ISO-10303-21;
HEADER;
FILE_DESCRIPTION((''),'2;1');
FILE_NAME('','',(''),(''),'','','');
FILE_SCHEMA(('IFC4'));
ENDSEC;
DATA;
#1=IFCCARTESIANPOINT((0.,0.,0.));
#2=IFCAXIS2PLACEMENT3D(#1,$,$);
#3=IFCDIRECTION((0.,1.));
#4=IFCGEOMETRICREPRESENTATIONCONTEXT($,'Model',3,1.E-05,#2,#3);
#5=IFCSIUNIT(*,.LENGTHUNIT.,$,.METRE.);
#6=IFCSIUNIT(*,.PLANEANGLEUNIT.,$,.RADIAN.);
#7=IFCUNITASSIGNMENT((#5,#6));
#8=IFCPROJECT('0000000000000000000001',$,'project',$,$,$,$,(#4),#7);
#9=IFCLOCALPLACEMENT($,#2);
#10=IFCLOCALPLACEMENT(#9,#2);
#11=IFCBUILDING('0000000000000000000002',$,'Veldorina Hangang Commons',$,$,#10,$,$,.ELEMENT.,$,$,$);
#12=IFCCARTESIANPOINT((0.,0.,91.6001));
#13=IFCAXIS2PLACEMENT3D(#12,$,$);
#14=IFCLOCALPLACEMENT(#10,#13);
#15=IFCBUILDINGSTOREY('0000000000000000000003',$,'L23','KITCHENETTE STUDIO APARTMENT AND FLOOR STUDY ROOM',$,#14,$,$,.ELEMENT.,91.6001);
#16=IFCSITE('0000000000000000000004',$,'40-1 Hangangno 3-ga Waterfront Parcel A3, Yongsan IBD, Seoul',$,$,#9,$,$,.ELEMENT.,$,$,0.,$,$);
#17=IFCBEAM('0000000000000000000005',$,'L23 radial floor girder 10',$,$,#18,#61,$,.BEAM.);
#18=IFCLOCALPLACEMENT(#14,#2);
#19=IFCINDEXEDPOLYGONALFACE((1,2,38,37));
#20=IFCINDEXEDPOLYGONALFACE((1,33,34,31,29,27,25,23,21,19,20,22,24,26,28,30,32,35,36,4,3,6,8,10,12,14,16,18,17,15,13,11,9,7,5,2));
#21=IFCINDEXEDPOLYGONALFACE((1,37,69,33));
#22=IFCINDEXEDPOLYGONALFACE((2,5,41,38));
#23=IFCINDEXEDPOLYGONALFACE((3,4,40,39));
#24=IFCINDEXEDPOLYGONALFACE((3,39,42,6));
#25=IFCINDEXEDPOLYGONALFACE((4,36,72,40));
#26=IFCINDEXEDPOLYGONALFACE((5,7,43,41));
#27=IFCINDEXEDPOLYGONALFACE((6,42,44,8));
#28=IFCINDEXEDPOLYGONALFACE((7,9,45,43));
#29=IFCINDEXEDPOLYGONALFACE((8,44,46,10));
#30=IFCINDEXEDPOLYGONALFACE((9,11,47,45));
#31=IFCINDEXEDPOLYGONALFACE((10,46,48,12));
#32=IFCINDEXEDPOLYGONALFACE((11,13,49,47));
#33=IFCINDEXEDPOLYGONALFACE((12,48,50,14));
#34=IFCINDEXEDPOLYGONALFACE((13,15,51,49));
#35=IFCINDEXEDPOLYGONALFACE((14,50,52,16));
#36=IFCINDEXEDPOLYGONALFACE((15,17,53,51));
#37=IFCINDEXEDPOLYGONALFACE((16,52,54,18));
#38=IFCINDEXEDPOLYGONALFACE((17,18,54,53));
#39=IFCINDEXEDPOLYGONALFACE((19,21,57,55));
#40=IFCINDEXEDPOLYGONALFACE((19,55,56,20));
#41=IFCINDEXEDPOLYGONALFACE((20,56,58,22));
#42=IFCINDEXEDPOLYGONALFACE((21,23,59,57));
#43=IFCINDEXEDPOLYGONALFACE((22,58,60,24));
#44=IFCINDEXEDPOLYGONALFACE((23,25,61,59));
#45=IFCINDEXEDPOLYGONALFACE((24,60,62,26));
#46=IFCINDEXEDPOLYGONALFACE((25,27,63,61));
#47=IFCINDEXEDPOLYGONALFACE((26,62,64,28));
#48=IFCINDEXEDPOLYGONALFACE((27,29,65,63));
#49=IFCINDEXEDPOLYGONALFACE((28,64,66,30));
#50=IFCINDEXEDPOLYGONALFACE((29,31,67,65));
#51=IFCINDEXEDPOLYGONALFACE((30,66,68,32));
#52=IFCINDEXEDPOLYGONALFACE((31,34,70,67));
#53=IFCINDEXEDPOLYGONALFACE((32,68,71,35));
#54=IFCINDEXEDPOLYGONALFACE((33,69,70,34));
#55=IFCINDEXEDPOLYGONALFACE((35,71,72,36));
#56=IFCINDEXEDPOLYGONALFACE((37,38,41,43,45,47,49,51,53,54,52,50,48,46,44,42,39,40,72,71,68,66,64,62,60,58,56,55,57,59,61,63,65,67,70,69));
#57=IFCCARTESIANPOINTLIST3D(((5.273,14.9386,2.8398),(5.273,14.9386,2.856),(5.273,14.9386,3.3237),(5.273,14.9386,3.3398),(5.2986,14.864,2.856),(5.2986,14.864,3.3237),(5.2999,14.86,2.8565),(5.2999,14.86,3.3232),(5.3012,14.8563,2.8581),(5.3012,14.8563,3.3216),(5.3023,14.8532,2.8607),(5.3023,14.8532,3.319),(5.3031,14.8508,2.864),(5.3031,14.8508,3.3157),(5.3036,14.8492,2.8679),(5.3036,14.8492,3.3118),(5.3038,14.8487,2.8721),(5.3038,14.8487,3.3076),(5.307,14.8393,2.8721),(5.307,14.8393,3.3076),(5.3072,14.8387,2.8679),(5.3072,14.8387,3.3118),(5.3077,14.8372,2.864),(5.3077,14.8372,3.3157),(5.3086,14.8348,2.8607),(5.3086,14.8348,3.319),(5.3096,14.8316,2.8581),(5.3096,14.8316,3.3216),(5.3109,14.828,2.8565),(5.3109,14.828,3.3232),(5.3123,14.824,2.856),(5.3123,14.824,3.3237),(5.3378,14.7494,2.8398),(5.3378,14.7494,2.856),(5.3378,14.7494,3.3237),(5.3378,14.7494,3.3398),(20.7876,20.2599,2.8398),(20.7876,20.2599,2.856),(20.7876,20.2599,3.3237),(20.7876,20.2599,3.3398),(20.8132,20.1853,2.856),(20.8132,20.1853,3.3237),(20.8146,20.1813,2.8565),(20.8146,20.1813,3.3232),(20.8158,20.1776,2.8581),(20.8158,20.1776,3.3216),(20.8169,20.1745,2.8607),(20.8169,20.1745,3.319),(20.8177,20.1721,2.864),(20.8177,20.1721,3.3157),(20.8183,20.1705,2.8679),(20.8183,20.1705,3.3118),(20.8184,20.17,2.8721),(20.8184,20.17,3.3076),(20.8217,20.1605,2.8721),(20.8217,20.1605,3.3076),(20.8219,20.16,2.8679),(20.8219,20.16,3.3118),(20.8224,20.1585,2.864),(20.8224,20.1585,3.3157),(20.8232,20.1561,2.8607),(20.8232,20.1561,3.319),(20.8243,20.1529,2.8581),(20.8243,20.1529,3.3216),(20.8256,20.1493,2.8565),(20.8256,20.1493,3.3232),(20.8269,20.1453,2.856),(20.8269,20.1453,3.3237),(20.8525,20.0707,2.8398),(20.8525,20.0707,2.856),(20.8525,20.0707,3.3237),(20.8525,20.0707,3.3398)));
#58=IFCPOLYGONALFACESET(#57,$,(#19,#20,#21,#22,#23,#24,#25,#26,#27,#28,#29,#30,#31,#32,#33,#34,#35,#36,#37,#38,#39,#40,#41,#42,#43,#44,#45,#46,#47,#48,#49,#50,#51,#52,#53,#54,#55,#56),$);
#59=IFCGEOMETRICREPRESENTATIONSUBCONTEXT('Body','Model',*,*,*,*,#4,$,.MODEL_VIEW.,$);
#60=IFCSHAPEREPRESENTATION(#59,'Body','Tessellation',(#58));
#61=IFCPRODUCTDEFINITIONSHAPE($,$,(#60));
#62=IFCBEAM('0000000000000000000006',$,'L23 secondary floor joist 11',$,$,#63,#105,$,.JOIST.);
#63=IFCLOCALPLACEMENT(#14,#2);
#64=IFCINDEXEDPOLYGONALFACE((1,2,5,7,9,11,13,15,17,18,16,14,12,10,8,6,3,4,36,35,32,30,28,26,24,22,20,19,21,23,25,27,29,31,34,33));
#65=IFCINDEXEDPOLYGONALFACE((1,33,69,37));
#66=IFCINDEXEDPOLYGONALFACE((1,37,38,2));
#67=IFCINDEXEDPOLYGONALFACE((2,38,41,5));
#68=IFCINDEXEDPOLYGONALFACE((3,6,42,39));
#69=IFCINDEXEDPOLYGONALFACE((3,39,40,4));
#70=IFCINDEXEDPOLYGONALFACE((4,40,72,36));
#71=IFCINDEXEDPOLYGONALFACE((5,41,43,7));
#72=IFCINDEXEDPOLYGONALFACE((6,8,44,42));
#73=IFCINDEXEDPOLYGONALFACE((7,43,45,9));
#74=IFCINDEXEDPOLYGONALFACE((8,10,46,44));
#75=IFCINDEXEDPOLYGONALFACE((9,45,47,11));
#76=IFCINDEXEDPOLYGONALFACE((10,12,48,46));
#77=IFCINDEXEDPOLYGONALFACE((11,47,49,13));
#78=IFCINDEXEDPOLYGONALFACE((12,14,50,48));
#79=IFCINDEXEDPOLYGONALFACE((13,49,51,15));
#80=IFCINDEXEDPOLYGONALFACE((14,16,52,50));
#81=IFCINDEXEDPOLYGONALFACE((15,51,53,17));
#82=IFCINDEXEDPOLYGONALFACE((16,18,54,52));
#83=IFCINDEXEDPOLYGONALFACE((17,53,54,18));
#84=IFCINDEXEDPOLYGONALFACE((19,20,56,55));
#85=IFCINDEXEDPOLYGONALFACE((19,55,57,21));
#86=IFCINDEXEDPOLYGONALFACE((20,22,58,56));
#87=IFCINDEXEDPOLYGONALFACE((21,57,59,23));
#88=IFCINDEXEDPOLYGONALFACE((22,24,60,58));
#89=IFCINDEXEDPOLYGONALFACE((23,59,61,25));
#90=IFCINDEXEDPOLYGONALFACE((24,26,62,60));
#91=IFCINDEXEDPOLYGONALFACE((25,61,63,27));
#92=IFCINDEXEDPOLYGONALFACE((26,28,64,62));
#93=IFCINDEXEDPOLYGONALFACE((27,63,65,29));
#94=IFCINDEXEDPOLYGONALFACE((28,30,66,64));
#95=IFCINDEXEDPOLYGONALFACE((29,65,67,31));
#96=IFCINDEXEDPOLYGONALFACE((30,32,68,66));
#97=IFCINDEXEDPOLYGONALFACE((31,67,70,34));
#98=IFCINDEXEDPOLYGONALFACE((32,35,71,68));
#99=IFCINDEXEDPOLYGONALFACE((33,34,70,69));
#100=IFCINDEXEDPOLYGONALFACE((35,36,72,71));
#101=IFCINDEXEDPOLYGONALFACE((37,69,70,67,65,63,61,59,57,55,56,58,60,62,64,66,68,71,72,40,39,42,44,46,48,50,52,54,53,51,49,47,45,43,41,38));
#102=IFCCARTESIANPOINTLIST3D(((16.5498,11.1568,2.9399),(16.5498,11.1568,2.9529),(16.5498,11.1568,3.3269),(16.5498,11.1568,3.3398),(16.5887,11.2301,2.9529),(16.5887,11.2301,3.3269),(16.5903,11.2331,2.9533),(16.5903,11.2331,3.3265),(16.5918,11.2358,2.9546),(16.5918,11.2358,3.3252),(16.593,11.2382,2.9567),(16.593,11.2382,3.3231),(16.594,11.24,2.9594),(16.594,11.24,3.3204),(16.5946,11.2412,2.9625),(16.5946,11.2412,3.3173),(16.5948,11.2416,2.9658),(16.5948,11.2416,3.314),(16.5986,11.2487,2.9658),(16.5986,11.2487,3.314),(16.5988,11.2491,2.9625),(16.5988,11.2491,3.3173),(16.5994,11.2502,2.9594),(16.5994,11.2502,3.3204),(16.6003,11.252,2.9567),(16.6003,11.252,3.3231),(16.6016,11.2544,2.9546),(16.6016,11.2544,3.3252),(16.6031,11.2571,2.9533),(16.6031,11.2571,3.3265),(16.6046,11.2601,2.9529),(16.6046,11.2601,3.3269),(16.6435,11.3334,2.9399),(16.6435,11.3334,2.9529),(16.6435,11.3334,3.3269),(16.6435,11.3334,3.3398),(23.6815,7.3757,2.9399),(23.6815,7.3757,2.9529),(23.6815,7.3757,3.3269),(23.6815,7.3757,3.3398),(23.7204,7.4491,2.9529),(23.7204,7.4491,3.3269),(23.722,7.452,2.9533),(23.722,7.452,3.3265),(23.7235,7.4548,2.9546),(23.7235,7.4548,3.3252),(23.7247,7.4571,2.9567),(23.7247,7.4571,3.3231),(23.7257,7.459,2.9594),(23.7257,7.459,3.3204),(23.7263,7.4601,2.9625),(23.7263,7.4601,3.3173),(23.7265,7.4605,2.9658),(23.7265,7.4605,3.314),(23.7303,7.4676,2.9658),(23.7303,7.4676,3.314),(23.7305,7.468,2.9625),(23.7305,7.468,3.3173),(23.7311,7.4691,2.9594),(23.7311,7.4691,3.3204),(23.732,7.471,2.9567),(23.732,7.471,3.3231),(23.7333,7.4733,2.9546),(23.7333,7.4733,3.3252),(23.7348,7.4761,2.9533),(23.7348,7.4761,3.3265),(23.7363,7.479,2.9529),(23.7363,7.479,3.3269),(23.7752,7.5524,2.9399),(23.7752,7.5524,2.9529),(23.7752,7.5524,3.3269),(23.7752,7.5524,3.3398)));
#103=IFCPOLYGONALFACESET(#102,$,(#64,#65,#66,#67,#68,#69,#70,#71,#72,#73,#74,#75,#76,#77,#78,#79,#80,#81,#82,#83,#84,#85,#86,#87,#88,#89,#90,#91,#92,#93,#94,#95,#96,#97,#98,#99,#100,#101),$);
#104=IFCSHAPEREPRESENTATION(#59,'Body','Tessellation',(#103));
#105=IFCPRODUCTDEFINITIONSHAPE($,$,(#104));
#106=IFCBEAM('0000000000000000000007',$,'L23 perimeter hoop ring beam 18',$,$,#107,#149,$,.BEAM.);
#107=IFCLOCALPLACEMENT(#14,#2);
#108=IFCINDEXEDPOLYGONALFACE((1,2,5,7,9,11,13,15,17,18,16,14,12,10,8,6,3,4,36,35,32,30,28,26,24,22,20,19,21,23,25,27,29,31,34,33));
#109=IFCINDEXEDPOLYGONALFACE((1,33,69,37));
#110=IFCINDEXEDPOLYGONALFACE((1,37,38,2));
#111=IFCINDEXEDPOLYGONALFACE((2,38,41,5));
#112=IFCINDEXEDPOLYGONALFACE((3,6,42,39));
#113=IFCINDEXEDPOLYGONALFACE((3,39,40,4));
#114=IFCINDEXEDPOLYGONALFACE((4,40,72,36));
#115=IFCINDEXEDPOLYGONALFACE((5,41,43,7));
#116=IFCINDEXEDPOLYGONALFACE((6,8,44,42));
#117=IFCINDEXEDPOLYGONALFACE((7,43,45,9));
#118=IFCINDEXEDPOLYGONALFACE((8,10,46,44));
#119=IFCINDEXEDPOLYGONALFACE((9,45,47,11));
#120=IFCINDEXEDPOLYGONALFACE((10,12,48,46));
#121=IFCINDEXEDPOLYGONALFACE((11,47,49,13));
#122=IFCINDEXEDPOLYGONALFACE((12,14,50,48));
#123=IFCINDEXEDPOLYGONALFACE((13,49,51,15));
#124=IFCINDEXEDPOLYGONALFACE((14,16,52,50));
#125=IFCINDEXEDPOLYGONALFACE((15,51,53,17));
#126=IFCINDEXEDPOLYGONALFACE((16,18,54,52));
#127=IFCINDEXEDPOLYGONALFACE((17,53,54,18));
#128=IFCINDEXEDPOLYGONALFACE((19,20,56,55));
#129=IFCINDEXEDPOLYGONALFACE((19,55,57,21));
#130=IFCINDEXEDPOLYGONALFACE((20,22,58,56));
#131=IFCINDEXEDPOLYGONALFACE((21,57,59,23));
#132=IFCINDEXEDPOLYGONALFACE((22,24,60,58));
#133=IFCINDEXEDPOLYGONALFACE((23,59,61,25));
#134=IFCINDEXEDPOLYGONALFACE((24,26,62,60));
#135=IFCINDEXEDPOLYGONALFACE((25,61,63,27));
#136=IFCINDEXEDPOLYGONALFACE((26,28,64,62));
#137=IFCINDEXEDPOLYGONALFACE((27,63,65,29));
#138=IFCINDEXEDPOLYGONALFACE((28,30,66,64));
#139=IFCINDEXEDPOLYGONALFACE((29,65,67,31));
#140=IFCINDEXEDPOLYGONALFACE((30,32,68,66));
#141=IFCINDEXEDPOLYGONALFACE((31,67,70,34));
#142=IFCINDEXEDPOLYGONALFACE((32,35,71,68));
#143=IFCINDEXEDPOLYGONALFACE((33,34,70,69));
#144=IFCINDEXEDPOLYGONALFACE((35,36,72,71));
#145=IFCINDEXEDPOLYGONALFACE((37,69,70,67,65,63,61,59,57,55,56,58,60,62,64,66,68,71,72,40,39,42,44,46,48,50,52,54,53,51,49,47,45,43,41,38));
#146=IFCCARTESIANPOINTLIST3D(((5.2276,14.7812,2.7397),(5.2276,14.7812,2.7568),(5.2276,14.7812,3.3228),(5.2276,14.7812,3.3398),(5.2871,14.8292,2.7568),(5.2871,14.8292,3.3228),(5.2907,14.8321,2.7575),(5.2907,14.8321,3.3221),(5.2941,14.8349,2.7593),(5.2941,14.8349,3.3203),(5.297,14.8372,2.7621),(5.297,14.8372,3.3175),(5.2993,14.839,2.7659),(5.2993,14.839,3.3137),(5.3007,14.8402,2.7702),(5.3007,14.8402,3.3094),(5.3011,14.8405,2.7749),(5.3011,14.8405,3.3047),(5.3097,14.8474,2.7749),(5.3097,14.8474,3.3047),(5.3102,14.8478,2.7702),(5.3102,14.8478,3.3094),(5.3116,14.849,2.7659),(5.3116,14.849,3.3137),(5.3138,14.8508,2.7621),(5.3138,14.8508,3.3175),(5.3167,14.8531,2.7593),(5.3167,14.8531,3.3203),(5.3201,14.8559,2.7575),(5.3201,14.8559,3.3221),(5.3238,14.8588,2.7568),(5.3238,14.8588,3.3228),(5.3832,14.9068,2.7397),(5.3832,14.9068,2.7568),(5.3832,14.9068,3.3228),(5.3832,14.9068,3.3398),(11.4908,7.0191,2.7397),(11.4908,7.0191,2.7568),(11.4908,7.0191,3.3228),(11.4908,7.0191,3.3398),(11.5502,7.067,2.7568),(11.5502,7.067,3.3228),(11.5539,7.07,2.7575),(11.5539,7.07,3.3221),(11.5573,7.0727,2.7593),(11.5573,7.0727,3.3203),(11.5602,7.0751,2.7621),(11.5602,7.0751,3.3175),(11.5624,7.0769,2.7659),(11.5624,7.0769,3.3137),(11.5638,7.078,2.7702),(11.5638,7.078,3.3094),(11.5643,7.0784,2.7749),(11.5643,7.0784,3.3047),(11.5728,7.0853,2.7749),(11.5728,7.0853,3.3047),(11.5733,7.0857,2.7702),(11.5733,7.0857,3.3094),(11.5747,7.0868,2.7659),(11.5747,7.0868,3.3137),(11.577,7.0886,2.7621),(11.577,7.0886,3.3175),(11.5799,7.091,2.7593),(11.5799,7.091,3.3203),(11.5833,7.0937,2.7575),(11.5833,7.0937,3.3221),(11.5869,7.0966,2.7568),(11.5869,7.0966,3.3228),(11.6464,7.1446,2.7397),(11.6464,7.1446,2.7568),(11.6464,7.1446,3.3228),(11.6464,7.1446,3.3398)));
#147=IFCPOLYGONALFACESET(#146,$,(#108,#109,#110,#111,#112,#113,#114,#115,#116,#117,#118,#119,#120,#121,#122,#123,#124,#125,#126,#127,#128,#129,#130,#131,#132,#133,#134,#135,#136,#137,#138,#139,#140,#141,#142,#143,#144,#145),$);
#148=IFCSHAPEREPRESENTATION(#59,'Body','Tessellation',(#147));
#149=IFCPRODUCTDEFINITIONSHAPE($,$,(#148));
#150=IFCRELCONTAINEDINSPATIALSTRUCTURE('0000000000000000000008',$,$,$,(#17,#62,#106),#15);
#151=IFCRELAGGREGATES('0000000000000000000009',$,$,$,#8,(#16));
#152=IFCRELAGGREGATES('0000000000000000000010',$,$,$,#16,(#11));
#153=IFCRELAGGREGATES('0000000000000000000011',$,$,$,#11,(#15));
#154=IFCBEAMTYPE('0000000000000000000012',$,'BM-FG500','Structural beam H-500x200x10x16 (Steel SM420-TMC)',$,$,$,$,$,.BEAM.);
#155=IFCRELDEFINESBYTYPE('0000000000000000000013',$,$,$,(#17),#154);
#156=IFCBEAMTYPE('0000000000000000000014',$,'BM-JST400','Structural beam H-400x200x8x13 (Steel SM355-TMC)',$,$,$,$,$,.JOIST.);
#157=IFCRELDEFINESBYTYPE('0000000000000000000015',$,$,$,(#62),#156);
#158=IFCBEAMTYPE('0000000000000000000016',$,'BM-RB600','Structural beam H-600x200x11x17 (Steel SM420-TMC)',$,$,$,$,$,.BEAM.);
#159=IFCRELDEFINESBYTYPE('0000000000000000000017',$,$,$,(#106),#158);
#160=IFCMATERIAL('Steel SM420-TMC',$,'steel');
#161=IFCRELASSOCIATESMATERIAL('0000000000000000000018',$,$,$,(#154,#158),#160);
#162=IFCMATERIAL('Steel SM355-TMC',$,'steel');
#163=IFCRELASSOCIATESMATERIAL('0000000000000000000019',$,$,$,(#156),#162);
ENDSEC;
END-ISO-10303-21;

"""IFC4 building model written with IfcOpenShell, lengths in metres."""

from ifc_helpers import new_model, si_unit, direction, frame, origin, origin_2d, place, context, subcontext, project, spatial, i_section, extrude, material, material_profile, profile_set, type_object, element, save


model = new_model("IFC4")

# Units and contexts
model_context = context("Model", 3, precision=1e-05, world=origin(), true_north=direction((0.0, 1.0)))
body_context = subcontext(model_context, "Body", "Model", "MODEL_VIEW")
ifc_project = project(units=[si_unit("LENGTHUNIT", "METRE"), si_unit("PLANEANGLEUNIT", "RADIAN")], contexts=[model_context])

# Site, building, storey
site_placement = place(None, origin())
site = spatial("IfcSite", under=ifc_project, at=site_placement, Name="40-1 Hangangno 3-ga Waterfront Parcel A3, Yongsan IBD, Seoul", CompositionType="ELEMENT", RefElevation=0.0)
building_placement = place(site_placement, origin())
building = spatial("IfcBuilding", under=site, at=building_placement, Name="Veldorina Hangang Commons", CompositionType="ELEMENT")
storey_placement = place(building_placement, frame((0.0, 0.0, 91.6001)))
storey = spatial("IfcBuildingStorey", under=building, at=storey_placement, Name="L23", Description="KITCHENETTE STUDIO APARTMENT AND FLOOR STUDY ROOM", CompositionType="ELEMENT", Elevation=91.6001)

# Beams
ifc_material_1 = material(Name="Steel SM420-TMC", Category="steel")
ifc_material_profile_1 = material_profile(ifc_material_1, i_section(OverallWidth=0.2, OverallDepth=0.5, WebThickness=0.01, FlangeThickness=0.0161, FilletRadius=0.0161, at=origin_2d()), Name="H-500x200x10x16")
ifc_profile_set_1 = profile_set([ifc_material_profile_1], Name="Steel SM420-TMC")
beam_type_1 = type_object("IfcBeamType", Name="BM-FG500", Description="Structural beam H-500x200x10x16 (Steel SM420-TMC)", PredefinedType="BEAM", material=ifc_profile_set_1)
beam_1_placement = place(storey_placement, frame((20.8201, 20.1653, 3.0898), z_axis=(-0.945909, -0.324432, 0.0), x_axis=(0.324432, -0.945909, 0.0)))
element("IfcBeam", 1, at=beam_1_placement, inside=storey, type_object=beam_type_1, Name="L23 radial floor girder 10", PredefinedType="BEAM", context=body_context, shape_type="SweptSolid", body=[
    extrude(i_section(OverallWidth=0.2, OverallDepth=0.5, WebThickness=0.01, FlangeThickness=0.0161, FilletRadius=0.0161, at=origin_2d()), origin(), (0.0, 0.0, 1.0), 16.4019),
])
ifc_material_2 = material(Name="Steel SM355-TMC", Category="steel")
ifc_material_profile_2 = material_profile(ifc_material_2, i_section(OverallWidth=0.2, OverallDepth=0.3999, WebThickness=0.0081, FlangeThickness=0.0129, FilletRadius=0.0129, at=origin_2d()), Name="H-400x200x8x13")
ifc_profile_set_2 = profile_set([ifc_material_profile_2], Name="Steel SM355-TMC")
beam_type_2 = type_object("IfcBeamType", Name="BM-JST400", Description="Structural beam H-400x200x8x13 (Steel SM355-TMC)", PredefinedType="JOIST", material=ifc_profile_set_2)
beam_2_placement = place(storey_placement, frame((16.5967, 11.2451, 3.1399), z_axis=(0.883508, -0.468416, 0.0), x_axis=(0.468416, 0.883508, 0.0)))
element("IfcBeam", 2, at=beam_2_placement, inside=storey, type_object=beam_type_2, Name="L23 secondary floor joist 11", PredefinedType="JOIST", context=body_context, shape_type="SweptSolid", body=[
    extrude(i_section(OverallWidth=0.2, OverallDepth=0.3999, WebThickness=0.0081, FlangeThickness=0.0129, FilletRadius=0.0129, at=origin_2d()), origin(), (0.0, 0.0, 1.0), 8.072),
])
ifc_material_profile_3 = material_profile(ifc_material_1, i_section(OverallWidth=0.2, OverallDepth=0.6001, WebThickness=0.011, FlangeThickness=0.0171, FilletRadius=0.0181, at=origin_2d()), Name="H-600x200x11x17")
ifc_profile_set_3 = profile_set([ifc_material_profile_3], Name="Steel SM420-TMC")
beam_type_3 = type_object("IfcBeamType", Name="BM-RB600", Description="Structural beam H-600x200x11x17 (Steel SM420-TMC)", PredefinedType="BEAM", material=ifc_profile_set_3)
beam_3_placement = place(storey_placement, frame((5.3054, 14.844, 3.0398), z_axis=(0.627955, -0.778249, 0.0), x_axis=(0.778249, 0.627955, 0.0)))
element("IfcBeam", 3, at=beam_3_placement, inside=storey, type_object=beam_type_3, Name="L23 perimeter hoop ring beam 18", PredefinedType="BEAM", context=body_context, shape_type="SweptSolid", body=[
    extrude(i_section(OverallWidth=0.2, OverallDepth=0.6001, WebThickness=0.011, FlangeThickness=0.0171, FilletRadius=0.0181, at=origin_2d()), origin(), (0.0, 0.0, 1.0), 9.9739),
])

save(model, "model.ifc")
